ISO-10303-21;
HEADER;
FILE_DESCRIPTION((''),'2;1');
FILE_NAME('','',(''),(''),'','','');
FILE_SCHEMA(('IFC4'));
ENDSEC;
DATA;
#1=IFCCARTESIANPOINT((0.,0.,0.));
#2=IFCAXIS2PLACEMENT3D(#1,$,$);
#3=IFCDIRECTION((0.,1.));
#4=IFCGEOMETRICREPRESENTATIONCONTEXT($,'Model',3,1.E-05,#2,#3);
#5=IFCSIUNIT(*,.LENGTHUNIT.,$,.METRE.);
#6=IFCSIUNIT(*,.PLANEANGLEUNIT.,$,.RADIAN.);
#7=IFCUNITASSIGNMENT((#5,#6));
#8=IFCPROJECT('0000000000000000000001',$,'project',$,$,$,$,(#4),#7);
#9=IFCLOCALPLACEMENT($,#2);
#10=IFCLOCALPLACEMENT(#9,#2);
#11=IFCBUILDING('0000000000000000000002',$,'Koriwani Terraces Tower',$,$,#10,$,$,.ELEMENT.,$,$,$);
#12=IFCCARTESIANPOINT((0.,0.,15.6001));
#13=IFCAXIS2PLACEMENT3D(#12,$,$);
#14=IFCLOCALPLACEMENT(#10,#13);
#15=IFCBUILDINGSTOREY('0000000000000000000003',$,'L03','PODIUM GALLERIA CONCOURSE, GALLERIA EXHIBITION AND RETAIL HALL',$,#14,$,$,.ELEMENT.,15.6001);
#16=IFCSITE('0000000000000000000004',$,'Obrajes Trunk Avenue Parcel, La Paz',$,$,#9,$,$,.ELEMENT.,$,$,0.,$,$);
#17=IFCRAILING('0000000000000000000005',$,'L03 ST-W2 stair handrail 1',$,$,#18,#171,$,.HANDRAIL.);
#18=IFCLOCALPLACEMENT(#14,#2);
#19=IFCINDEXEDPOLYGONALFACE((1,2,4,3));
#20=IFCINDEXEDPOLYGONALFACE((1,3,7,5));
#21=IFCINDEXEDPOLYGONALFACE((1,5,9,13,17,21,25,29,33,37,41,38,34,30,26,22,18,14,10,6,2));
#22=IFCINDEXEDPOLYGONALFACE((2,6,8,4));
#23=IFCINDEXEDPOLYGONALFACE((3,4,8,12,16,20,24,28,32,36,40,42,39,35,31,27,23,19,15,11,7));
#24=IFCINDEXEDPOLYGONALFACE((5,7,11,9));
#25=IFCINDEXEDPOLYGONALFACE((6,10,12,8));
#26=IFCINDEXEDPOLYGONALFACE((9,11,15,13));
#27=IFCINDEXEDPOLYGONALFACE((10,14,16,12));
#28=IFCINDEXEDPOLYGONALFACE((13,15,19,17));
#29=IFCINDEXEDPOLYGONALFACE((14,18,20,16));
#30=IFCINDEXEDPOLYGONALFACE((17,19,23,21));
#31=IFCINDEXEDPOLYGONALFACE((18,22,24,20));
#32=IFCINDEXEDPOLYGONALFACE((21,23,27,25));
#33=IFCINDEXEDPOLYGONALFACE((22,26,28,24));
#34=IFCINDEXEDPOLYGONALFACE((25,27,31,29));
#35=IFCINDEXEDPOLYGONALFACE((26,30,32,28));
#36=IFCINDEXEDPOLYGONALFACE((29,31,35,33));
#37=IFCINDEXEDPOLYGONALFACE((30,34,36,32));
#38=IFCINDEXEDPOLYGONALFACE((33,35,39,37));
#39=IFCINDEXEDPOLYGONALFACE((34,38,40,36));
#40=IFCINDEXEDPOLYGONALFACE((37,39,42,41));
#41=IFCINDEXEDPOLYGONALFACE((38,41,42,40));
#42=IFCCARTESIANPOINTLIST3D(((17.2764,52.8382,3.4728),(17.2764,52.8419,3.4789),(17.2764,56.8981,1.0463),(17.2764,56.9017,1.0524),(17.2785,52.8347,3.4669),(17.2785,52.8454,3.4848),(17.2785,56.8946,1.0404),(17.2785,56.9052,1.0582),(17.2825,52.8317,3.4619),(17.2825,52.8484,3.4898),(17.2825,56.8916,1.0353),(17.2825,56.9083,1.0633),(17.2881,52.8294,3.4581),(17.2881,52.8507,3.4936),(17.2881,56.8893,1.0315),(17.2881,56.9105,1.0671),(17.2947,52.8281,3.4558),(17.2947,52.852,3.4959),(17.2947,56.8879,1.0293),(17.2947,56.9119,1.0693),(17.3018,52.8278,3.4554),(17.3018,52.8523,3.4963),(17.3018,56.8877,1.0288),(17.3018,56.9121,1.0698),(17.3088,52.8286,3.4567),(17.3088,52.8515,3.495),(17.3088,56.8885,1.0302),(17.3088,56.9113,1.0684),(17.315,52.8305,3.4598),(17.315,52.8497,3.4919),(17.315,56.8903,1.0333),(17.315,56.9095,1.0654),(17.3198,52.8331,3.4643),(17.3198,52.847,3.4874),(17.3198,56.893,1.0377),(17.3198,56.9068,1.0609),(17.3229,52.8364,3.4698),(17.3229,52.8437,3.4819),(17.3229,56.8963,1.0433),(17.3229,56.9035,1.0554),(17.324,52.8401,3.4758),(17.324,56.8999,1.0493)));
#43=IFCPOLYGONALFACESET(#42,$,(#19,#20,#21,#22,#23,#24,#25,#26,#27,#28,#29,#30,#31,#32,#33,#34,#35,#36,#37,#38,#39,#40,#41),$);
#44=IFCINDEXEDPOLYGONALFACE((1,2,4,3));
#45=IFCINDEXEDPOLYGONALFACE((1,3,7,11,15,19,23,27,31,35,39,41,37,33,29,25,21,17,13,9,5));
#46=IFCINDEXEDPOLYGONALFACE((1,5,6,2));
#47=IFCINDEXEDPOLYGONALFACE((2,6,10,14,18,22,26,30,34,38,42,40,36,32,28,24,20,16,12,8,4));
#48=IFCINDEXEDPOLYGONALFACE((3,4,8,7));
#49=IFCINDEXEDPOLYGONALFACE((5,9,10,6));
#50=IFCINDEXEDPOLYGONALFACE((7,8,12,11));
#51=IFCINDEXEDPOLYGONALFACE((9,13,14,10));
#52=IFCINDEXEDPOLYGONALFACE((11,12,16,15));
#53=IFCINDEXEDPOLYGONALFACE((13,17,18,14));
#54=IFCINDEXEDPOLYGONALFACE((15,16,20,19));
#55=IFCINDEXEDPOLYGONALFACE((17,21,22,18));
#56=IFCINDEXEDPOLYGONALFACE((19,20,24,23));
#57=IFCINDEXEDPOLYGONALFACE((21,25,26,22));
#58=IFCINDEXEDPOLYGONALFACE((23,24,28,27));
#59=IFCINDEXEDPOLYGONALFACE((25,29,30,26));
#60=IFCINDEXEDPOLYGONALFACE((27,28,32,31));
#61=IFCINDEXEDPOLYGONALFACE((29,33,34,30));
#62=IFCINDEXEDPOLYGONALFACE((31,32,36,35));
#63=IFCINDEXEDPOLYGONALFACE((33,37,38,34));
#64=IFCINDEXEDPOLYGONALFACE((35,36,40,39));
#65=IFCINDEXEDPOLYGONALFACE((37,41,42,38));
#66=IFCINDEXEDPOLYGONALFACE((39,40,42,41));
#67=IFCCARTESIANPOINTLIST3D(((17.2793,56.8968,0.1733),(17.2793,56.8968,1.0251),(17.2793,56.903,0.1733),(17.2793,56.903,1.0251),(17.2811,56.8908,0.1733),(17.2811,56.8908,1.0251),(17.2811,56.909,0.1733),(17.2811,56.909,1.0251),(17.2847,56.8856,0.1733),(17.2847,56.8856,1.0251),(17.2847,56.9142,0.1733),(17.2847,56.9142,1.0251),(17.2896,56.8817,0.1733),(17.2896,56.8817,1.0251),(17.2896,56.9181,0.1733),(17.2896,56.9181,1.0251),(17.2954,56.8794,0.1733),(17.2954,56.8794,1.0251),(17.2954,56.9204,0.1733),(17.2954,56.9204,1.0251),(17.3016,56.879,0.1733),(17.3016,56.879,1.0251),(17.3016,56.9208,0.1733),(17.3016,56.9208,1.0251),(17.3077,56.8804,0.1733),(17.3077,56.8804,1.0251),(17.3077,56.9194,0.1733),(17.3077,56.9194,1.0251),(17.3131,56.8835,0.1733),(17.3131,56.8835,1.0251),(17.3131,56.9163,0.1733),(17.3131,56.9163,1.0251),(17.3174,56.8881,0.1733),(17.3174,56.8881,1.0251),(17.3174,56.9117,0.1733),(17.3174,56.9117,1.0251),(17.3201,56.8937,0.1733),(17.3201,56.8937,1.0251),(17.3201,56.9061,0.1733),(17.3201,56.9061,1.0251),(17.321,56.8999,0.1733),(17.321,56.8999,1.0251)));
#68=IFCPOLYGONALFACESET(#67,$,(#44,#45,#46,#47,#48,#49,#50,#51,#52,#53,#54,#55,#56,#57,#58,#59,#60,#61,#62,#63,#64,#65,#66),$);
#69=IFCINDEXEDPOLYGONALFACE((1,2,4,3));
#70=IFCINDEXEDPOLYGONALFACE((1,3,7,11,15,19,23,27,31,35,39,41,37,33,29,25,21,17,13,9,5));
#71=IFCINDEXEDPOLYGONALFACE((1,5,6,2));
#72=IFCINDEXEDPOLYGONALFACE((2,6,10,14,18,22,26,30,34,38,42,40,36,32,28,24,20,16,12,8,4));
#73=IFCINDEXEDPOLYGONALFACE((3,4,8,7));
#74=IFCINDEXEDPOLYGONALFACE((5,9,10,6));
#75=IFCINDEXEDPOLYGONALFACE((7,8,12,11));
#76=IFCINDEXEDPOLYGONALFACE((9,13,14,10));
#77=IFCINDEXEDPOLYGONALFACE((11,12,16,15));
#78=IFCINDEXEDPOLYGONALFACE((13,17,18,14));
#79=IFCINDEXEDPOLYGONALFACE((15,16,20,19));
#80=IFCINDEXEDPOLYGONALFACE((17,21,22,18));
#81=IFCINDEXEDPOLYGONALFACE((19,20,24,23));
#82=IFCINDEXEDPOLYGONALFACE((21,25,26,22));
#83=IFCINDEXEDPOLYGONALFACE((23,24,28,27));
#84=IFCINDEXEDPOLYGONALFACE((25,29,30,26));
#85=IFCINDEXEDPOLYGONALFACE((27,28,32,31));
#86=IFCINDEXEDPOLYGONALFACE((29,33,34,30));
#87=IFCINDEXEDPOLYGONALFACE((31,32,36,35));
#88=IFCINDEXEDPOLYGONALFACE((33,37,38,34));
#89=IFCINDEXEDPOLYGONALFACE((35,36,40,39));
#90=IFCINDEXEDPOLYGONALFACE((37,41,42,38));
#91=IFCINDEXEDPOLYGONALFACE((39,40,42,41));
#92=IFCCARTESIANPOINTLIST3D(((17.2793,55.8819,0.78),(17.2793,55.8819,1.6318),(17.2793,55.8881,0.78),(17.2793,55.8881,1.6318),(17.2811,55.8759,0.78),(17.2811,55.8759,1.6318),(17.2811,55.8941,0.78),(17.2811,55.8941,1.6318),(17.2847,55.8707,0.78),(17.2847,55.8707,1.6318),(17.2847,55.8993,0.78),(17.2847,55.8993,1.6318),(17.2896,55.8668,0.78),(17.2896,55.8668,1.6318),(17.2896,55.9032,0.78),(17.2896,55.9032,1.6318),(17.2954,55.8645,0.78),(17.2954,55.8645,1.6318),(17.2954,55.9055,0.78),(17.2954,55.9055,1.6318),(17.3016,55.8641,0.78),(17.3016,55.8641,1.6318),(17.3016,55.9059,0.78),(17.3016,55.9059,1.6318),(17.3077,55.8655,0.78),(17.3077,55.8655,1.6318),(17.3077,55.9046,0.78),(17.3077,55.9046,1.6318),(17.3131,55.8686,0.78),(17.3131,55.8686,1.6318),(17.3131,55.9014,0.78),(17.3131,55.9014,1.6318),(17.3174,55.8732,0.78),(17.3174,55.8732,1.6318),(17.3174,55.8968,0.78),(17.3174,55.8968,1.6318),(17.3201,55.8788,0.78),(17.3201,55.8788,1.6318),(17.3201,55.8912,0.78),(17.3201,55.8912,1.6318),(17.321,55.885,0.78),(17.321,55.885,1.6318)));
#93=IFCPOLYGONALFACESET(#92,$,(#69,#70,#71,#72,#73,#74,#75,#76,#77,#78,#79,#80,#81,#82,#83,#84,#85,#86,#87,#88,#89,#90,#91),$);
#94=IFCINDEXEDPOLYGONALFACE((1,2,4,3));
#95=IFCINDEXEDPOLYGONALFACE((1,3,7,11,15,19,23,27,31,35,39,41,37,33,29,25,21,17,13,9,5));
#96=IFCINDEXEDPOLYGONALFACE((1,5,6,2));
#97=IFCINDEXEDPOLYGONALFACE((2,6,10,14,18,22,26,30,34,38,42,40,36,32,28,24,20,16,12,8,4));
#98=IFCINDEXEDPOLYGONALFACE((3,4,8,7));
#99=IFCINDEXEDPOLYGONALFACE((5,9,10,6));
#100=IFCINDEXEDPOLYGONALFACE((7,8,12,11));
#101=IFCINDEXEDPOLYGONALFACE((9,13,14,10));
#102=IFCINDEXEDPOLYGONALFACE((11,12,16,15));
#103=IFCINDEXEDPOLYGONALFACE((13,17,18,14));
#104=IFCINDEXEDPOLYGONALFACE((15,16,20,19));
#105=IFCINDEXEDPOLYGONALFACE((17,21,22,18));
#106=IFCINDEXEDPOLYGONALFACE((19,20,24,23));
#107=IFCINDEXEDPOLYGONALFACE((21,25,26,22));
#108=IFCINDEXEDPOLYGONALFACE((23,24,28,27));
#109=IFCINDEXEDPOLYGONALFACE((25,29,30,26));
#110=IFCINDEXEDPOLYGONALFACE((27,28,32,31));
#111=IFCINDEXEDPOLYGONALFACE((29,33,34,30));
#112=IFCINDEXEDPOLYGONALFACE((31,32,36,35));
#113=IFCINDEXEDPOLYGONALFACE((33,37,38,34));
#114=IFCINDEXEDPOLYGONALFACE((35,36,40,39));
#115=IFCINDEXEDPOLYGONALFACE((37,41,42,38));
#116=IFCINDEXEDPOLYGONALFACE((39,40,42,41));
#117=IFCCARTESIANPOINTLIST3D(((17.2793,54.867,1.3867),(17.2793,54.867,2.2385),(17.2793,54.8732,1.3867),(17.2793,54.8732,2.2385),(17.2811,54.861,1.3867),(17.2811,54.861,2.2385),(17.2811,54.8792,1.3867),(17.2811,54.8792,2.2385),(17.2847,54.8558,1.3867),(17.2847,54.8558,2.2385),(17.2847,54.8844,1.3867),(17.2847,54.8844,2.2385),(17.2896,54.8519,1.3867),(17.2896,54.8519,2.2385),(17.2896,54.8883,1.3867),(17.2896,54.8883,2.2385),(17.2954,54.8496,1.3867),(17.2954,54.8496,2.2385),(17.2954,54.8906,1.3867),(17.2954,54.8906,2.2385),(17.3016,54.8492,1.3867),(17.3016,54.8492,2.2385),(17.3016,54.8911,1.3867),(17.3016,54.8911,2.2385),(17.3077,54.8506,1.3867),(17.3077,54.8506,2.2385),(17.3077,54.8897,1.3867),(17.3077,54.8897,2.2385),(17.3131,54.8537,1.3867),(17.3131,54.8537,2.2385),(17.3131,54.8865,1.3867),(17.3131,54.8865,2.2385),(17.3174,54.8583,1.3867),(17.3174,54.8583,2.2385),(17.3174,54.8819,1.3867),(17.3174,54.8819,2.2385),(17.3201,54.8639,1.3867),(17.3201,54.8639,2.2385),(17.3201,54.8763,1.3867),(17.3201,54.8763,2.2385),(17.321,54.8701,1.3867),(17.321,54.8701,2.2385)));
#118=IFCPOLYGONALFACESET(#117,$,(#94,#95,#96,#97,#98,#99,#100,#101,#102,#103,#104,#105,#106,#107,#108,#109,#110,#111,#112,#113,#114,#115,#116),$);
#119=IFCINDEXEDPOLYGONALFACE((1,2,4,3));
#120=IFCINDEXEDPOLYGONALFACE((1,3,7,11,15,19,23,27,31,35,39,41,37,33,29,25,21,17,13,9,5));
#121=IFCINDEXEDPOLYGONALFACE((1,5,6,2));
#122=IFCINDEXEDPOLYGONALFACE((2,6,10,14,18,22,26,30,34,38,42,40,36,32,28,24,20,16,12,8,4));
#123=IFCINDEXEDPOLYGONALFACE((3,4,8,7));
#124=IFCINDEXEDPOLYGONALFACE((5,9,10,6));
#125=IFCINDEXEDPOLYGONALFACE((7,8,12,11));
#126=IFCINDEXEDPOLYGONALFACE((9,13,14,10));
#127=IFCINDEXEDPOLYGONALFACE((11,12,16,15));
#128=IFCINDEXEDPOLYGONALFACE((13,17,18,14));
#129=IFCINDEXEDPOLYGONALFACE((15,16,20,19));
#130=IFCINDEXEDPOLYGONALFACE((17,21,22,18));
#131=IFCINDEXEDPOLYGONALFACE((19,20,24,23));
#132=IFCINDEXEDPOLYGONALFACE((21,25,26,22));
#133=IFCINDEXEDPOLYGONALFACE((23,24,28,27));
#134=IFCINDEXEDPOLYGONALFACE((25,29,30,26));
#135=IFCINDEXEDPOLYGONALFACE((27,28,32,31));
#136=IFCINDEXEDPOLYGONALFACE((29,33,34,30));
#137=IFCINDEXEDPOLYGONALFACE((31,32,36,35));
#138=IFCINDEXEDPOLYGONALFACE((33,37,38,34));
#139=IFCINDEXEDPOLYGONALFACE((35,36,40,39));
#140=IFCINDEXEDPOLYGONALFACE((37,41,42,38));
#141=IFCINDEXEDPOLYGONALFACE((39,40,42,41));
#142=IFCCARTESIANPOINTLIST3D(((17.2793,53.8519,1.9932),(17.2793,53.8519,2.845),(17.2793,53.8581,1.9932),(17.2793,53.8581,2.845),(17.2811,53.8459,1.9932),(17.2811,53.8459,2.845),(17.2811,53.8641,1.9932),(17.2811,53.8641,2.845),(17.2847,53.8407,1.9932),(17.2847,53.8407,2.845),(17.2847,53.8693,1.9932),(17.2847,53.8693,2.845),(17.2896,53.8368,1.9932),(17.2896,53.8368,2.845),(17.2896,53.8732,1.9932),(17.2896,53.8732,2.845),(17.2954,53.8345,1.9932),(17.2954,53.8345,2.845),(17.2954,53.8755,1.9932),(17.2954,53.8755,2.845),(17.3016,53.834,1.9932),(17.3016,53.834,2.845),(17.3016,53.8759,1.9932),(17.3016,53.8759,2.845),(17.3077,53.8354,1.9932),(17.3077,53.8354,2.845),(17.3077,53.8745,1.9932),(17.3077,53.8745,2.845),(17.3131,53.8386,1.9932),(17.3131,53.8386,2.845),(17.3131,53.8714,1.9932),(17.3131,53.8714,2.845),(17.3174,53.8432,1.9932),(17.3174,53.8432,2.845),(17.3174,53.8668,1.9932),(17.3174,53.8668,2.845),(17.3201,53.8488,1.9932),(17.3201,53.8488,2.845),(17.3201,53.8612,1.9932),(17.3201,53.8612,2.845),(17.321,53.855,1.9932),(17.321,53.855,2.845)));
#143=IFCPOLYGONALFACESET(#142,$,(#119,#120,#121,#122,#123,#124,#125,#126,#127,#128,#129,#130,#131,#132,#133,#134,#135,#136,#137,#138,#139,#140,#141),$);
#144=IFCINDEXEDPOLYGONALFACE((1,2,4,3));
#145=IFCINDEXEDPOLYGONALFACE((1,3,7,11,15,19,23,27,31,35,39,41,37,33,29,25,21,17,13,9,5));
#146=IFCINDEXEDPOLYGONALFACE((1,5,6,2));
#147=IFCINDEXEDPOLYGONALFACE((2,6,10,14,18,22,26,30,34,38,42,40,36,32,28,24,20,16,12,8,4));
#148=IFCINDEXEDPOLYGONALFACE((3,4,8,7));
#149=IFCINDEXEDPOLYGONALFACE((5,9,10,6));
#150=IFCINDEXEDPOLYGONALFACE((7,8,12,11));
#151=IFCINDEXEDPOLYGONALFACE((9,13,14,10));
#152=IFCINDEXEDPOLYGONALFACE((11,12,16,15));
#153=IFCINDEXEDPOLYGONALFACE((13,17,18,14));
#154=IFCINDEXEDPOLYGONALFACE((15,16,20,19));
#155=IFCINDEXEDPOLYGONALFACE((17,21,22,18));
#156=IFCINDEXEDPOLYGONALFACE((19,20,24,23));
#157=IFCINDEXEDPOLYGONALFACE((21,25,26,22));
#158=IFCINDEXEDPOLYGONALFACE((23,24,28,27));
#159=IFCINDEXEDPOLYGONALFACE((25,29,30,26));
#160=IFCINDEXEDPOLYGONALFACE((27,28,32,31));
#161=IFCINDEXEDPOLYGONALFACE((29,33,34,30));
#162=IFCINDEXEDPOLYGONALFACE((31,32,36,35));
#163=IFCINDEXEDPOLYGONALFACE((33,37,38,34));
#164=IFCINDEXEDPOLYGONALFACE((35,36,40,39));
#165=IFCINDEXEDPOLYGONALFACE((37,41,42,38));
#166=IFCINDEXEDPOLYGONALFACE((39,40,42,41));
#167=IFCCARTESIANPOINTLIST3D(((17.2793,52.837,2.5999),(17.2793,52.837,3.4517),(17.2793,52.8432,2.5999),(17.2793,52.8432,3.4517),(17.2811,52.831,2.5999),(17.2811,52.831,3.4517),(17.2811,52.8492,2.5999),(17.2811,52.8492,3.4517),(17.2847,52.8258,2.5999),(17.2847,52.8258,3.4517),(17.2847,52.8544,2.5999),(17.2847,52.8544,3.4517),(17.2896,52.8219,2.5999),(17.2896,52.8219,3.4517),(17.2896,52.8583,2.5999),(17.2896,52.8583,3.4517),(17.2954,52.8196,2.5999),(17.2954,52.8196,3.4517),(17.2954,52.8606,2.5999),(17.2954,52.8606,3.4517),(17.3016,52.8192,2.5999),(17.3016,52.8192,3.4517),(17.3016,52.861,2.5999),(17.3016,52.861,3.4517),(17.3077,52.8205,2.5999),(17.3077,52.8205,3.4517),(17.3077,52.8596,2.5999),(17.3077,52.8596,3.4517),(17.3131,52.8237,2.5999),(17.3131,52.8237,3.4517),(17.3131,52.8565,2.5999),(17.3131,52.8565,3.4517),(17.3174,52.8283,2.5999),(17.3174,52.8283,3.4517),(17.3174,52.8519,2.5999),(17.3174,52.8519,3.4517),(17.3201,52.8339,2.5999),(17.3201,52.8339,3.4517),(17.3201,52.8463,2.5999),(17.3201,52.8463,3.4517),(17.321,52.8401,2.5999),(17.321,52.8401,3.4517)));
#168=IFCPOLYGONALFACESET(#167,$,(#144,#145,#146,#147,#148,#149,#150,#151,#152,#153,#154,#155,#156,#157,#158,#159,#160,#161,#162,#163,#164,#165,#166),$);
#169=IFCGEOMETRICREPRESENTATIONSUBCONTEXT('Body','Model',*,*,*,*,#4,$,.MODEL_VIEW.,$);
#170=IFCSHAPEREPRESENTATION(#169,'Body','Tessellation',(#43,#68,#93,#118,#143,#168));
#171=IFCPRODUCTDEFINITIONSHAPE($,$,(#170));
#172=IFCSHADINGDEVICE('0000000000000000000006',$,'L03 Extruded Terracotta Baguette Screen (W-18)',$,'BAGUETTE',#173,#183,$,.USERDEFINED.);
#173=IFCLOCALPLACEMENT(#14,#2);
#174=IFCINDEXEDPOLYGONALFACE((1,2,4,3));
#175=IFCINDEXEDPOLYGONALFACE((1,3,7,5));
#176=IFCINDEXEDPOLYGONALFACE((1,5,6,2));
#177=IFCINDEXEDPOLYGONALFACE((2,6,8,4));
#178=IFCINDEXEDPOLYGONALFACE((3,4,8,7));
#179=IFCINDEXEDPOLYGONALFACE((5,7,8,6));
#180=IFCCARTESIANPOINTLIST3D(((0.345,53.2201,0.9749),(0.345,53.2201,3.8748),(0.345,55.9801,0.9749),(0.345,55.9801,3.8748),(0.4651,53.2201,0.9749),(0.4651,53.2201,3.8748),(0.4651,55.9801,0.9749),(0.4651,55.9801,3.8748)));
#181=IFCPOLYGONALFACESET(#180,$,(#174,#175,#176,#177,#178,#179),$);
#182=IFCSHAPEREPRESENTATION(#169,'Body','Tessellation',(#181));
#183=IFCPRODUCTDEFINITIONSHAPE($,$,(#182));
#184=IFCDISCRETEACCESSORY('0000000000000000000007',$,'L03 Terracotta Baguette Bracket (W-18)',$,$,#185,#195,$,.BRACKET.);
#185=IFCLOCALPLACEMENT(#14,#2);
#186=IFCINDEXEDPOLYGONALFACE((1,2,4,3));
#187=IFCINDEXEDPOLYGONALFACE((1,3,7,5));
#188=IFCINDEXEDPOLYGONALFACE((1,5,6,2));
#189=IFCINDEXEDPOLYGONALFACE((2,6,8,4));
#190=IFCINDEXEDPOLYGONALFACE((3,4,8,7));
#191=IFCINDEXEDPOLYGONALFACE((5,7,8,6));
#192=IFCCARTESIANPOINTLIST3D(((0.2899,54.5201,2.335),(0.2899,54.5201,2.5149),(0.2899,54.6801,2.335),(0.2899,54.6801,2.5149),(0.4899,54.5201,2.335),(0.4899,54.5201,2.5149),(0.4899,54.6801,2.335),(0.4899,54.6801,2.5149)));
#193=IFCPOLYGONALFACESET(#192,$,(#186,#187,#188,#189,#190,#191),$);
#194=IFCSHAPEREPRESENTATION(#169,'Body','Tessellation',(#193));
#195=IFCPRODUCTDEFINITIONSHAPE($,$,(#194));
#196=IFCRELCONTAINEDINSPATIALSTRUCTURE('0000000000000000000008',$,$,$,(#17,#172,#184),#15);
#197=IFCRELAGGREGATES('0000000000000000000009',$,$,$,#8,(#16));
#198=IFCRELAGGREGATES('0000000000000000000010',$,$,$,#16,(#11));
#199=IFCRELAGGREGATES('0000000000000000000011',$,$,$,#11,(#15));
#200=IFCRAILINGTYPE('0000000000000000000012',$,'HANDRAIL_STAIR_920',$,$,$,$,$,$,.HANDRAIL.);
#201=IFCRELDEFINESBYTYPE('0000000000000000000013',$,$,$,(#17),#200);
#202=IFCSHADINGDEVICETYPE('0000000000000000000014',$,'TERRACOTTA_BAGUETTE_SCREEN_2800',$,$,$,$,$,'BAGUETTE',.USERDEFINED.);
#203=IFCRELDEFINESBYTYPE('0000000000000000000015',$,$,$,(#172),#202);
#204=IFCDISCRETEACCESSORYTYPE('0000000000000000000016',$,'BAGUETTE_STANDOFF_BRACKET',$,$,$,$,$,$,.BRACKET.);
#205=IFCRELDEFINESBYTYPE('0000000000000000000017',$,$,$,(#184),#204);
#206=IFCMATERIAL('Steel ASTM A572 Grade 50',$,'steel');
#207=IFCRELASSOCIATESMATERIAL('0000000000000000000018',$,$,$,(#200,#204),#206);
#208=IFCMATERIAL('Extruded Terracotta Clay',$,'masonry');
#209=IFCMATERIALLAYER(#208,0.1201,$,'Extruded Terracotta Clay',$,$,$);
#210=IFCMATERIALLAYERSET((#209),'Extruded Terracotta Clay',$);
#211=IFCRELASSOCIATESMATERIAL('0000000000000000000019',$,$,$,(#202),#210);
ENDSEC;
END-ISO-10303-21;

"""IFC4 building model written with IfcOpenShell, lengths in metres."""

from ifc_helpers import new_model, si_unit, direction, frame, origin, origin_2d, place, context, subcontext, project, spatial, rectangle, circle, extrude, material, layer, layer_set, type_object, element, save


model = new_model("IFC4")

# Units and contexts
model_context = context("Model", 3, precision=1e-05, world=origin(), true_north=direction((0.0, 1.0)))
body_context = subcontext(model_context, "Body", "Model", "MODEL_VIEW")
ifc_project = project(units=[si_unit("LENGTHUNIT", "METRE"), si_unit("PLANEANGLEUNIT", "RADIAN")], contexts=[model_context])

# Site, building, storey
site_placement = place(None, origin())
site = spatial("IfcSite", under=ifc_project, at=site_placement, Name="Obrajes Trunk Avenue Parcel, La Paz", CompositionType="ELEMENT", RefElevation=0.0)
building_placement = place(site_placement, origin())
building = spatial("IfcBuilding", under=site, at=building_placement, Name="Koriwani Terraces Tower", CompositionType="ELEMENT")
storey_placement = place(building_placement, frame((0.0, 0.0, 15.6001)))
storey = spatial("IfcBuildingStorey", under=building, at=storey_placement, Name="L03", Description="PODIUM GALLERIA CONCOURSE, GALLERIA EXHIBITION AND RETAIL HALL", CompositionType="ELEMENT", Elevation=15.6001)

# Shared definitions
ifc_material_1 = material(Name="Steel ASTM A572 Grade 50", Category="steel")

# Railing
railing_type_1 = type_object("IfcRailingType", Name="HANDRAIL_STAIR_920", PredefinedType="HANDRAIL", material=ifc_material_1)
railing_1_placement = place(storey_placement, frame((17.3, 56.8999, 0.1733)))
element("IfcRailing", 1, at=railing_1_placement, inside=storey, type_object=railing_type_1, Name="L03 ST-W2 stair handrail 1", PredefinedType="HANDRAIL", context=body_context, shape_type="SweptSolid", body=[
    extrude(circle(Radius=0.0239, at=origin_2d()), frame((0.0, 0.0, 0.876), z_axis=(0.0, -0.858366, 0.513038), x_axis=(1.0, 0.0, 0.0)), (0.0, 0.0, 1.0), 4.7297),
    extrude(circle(Radius=0.021, at=origin_2d()), origin(), (0.0, 0.0, 1.0), 0.8518),
    extrude(circle(Radius=0.021, at=origin_2d()), frame((0.0, -1.0149, 0.6067)), (0.0, 0.0, 1.0), 0.8518),
    extrude(circle(Radius=0.021, at=origin_2d()), frame((0.0, -2.0298, 1.2134)), (0.0, 0.0, 1.0), 0.8518),
    extrude(circle(Radius=0.021, at=origin_2d()), frame((0.0, -3.0449, 1.8198)), (0.0, 0.0, 1.0), 0.8518),
    extrude(circle(Radius=0.021, at=origin_2d()), frame((0.0, -4.0598, 2.4265)), (0.0, 0.0, 1.0), 0.8518),
])

# Shading device
ifc_material_2 = material(Name="Extruded Terracotta Clay", Category="masonry")
ifc_layer_1 = layer(ifc_material_2, 0.1201, Name="Extruded Terracotta Clay")
ifc_layer_set_1 = layer_set([ifc_layer_1], Name="Extruded Terracotta Clay")
shading_device_type = type_object("IfcShadingDeviceType", Name="TERRACOTTA_BAGUETTE_SCREEN_2800", ElementType="BAGUETTE", PredefinedType="USERDEFINED", material=ifc_layer_set_1)
shading_device_placement = place(storey_placement, frame((0.405, 54.6001, 0.9749), z_axis=(0.0, 0.0, 1.0), x_axis=(0.0, 1.0, 0.0)))
element("IfcShadingDevice", 2, at=shading_device_placement, inside=storey, type_object=shading_device_type, Name="L03 Extruded Terracotta Baguette Screen (W-18)", ObjectType="BAGUETTE", PredefinedType="USERDEFINED", context=body_context, shape_type="SweptSolid", body=[
    extrude(rectangle(XDim=2.76, YDim=0.1201, at=origin_2d()), origin(), (0.0, 0.0, 1.0), 2.8999),
])

# Discrete accessory
discrete_accessory_type = type_object("IfcDiscreteAccessoryType", Name="BAGUETTE_STANDOFF_BRACKET", PredefinedType="BRACKET", material=ifc_material_1)
discrete_accessory_placement = place(storey_placement, frame((0.3899, 54.6001, 2.335), z_axis=(0.0, 0.0, 1.0), x_axis=(0.0, 1.0, 0.0)))
element("IfcDiscreteAccessory", 3, at=discrete_accessory_placement, inside=storey, type_object=discrete_accessory_type, Name="L03 Terracotta Baguette Bracket (W-18)", PredefinedType="BRACKET", context=body_context, shape_type="SweptSolid", body=[
    extrude(rectangle(XDim=0.1599, YDim=0.2, at=origin_2d()), origin(), (0.0, 0.0, 1.0), 0.1799),
])

save(model, "model.ifc")
